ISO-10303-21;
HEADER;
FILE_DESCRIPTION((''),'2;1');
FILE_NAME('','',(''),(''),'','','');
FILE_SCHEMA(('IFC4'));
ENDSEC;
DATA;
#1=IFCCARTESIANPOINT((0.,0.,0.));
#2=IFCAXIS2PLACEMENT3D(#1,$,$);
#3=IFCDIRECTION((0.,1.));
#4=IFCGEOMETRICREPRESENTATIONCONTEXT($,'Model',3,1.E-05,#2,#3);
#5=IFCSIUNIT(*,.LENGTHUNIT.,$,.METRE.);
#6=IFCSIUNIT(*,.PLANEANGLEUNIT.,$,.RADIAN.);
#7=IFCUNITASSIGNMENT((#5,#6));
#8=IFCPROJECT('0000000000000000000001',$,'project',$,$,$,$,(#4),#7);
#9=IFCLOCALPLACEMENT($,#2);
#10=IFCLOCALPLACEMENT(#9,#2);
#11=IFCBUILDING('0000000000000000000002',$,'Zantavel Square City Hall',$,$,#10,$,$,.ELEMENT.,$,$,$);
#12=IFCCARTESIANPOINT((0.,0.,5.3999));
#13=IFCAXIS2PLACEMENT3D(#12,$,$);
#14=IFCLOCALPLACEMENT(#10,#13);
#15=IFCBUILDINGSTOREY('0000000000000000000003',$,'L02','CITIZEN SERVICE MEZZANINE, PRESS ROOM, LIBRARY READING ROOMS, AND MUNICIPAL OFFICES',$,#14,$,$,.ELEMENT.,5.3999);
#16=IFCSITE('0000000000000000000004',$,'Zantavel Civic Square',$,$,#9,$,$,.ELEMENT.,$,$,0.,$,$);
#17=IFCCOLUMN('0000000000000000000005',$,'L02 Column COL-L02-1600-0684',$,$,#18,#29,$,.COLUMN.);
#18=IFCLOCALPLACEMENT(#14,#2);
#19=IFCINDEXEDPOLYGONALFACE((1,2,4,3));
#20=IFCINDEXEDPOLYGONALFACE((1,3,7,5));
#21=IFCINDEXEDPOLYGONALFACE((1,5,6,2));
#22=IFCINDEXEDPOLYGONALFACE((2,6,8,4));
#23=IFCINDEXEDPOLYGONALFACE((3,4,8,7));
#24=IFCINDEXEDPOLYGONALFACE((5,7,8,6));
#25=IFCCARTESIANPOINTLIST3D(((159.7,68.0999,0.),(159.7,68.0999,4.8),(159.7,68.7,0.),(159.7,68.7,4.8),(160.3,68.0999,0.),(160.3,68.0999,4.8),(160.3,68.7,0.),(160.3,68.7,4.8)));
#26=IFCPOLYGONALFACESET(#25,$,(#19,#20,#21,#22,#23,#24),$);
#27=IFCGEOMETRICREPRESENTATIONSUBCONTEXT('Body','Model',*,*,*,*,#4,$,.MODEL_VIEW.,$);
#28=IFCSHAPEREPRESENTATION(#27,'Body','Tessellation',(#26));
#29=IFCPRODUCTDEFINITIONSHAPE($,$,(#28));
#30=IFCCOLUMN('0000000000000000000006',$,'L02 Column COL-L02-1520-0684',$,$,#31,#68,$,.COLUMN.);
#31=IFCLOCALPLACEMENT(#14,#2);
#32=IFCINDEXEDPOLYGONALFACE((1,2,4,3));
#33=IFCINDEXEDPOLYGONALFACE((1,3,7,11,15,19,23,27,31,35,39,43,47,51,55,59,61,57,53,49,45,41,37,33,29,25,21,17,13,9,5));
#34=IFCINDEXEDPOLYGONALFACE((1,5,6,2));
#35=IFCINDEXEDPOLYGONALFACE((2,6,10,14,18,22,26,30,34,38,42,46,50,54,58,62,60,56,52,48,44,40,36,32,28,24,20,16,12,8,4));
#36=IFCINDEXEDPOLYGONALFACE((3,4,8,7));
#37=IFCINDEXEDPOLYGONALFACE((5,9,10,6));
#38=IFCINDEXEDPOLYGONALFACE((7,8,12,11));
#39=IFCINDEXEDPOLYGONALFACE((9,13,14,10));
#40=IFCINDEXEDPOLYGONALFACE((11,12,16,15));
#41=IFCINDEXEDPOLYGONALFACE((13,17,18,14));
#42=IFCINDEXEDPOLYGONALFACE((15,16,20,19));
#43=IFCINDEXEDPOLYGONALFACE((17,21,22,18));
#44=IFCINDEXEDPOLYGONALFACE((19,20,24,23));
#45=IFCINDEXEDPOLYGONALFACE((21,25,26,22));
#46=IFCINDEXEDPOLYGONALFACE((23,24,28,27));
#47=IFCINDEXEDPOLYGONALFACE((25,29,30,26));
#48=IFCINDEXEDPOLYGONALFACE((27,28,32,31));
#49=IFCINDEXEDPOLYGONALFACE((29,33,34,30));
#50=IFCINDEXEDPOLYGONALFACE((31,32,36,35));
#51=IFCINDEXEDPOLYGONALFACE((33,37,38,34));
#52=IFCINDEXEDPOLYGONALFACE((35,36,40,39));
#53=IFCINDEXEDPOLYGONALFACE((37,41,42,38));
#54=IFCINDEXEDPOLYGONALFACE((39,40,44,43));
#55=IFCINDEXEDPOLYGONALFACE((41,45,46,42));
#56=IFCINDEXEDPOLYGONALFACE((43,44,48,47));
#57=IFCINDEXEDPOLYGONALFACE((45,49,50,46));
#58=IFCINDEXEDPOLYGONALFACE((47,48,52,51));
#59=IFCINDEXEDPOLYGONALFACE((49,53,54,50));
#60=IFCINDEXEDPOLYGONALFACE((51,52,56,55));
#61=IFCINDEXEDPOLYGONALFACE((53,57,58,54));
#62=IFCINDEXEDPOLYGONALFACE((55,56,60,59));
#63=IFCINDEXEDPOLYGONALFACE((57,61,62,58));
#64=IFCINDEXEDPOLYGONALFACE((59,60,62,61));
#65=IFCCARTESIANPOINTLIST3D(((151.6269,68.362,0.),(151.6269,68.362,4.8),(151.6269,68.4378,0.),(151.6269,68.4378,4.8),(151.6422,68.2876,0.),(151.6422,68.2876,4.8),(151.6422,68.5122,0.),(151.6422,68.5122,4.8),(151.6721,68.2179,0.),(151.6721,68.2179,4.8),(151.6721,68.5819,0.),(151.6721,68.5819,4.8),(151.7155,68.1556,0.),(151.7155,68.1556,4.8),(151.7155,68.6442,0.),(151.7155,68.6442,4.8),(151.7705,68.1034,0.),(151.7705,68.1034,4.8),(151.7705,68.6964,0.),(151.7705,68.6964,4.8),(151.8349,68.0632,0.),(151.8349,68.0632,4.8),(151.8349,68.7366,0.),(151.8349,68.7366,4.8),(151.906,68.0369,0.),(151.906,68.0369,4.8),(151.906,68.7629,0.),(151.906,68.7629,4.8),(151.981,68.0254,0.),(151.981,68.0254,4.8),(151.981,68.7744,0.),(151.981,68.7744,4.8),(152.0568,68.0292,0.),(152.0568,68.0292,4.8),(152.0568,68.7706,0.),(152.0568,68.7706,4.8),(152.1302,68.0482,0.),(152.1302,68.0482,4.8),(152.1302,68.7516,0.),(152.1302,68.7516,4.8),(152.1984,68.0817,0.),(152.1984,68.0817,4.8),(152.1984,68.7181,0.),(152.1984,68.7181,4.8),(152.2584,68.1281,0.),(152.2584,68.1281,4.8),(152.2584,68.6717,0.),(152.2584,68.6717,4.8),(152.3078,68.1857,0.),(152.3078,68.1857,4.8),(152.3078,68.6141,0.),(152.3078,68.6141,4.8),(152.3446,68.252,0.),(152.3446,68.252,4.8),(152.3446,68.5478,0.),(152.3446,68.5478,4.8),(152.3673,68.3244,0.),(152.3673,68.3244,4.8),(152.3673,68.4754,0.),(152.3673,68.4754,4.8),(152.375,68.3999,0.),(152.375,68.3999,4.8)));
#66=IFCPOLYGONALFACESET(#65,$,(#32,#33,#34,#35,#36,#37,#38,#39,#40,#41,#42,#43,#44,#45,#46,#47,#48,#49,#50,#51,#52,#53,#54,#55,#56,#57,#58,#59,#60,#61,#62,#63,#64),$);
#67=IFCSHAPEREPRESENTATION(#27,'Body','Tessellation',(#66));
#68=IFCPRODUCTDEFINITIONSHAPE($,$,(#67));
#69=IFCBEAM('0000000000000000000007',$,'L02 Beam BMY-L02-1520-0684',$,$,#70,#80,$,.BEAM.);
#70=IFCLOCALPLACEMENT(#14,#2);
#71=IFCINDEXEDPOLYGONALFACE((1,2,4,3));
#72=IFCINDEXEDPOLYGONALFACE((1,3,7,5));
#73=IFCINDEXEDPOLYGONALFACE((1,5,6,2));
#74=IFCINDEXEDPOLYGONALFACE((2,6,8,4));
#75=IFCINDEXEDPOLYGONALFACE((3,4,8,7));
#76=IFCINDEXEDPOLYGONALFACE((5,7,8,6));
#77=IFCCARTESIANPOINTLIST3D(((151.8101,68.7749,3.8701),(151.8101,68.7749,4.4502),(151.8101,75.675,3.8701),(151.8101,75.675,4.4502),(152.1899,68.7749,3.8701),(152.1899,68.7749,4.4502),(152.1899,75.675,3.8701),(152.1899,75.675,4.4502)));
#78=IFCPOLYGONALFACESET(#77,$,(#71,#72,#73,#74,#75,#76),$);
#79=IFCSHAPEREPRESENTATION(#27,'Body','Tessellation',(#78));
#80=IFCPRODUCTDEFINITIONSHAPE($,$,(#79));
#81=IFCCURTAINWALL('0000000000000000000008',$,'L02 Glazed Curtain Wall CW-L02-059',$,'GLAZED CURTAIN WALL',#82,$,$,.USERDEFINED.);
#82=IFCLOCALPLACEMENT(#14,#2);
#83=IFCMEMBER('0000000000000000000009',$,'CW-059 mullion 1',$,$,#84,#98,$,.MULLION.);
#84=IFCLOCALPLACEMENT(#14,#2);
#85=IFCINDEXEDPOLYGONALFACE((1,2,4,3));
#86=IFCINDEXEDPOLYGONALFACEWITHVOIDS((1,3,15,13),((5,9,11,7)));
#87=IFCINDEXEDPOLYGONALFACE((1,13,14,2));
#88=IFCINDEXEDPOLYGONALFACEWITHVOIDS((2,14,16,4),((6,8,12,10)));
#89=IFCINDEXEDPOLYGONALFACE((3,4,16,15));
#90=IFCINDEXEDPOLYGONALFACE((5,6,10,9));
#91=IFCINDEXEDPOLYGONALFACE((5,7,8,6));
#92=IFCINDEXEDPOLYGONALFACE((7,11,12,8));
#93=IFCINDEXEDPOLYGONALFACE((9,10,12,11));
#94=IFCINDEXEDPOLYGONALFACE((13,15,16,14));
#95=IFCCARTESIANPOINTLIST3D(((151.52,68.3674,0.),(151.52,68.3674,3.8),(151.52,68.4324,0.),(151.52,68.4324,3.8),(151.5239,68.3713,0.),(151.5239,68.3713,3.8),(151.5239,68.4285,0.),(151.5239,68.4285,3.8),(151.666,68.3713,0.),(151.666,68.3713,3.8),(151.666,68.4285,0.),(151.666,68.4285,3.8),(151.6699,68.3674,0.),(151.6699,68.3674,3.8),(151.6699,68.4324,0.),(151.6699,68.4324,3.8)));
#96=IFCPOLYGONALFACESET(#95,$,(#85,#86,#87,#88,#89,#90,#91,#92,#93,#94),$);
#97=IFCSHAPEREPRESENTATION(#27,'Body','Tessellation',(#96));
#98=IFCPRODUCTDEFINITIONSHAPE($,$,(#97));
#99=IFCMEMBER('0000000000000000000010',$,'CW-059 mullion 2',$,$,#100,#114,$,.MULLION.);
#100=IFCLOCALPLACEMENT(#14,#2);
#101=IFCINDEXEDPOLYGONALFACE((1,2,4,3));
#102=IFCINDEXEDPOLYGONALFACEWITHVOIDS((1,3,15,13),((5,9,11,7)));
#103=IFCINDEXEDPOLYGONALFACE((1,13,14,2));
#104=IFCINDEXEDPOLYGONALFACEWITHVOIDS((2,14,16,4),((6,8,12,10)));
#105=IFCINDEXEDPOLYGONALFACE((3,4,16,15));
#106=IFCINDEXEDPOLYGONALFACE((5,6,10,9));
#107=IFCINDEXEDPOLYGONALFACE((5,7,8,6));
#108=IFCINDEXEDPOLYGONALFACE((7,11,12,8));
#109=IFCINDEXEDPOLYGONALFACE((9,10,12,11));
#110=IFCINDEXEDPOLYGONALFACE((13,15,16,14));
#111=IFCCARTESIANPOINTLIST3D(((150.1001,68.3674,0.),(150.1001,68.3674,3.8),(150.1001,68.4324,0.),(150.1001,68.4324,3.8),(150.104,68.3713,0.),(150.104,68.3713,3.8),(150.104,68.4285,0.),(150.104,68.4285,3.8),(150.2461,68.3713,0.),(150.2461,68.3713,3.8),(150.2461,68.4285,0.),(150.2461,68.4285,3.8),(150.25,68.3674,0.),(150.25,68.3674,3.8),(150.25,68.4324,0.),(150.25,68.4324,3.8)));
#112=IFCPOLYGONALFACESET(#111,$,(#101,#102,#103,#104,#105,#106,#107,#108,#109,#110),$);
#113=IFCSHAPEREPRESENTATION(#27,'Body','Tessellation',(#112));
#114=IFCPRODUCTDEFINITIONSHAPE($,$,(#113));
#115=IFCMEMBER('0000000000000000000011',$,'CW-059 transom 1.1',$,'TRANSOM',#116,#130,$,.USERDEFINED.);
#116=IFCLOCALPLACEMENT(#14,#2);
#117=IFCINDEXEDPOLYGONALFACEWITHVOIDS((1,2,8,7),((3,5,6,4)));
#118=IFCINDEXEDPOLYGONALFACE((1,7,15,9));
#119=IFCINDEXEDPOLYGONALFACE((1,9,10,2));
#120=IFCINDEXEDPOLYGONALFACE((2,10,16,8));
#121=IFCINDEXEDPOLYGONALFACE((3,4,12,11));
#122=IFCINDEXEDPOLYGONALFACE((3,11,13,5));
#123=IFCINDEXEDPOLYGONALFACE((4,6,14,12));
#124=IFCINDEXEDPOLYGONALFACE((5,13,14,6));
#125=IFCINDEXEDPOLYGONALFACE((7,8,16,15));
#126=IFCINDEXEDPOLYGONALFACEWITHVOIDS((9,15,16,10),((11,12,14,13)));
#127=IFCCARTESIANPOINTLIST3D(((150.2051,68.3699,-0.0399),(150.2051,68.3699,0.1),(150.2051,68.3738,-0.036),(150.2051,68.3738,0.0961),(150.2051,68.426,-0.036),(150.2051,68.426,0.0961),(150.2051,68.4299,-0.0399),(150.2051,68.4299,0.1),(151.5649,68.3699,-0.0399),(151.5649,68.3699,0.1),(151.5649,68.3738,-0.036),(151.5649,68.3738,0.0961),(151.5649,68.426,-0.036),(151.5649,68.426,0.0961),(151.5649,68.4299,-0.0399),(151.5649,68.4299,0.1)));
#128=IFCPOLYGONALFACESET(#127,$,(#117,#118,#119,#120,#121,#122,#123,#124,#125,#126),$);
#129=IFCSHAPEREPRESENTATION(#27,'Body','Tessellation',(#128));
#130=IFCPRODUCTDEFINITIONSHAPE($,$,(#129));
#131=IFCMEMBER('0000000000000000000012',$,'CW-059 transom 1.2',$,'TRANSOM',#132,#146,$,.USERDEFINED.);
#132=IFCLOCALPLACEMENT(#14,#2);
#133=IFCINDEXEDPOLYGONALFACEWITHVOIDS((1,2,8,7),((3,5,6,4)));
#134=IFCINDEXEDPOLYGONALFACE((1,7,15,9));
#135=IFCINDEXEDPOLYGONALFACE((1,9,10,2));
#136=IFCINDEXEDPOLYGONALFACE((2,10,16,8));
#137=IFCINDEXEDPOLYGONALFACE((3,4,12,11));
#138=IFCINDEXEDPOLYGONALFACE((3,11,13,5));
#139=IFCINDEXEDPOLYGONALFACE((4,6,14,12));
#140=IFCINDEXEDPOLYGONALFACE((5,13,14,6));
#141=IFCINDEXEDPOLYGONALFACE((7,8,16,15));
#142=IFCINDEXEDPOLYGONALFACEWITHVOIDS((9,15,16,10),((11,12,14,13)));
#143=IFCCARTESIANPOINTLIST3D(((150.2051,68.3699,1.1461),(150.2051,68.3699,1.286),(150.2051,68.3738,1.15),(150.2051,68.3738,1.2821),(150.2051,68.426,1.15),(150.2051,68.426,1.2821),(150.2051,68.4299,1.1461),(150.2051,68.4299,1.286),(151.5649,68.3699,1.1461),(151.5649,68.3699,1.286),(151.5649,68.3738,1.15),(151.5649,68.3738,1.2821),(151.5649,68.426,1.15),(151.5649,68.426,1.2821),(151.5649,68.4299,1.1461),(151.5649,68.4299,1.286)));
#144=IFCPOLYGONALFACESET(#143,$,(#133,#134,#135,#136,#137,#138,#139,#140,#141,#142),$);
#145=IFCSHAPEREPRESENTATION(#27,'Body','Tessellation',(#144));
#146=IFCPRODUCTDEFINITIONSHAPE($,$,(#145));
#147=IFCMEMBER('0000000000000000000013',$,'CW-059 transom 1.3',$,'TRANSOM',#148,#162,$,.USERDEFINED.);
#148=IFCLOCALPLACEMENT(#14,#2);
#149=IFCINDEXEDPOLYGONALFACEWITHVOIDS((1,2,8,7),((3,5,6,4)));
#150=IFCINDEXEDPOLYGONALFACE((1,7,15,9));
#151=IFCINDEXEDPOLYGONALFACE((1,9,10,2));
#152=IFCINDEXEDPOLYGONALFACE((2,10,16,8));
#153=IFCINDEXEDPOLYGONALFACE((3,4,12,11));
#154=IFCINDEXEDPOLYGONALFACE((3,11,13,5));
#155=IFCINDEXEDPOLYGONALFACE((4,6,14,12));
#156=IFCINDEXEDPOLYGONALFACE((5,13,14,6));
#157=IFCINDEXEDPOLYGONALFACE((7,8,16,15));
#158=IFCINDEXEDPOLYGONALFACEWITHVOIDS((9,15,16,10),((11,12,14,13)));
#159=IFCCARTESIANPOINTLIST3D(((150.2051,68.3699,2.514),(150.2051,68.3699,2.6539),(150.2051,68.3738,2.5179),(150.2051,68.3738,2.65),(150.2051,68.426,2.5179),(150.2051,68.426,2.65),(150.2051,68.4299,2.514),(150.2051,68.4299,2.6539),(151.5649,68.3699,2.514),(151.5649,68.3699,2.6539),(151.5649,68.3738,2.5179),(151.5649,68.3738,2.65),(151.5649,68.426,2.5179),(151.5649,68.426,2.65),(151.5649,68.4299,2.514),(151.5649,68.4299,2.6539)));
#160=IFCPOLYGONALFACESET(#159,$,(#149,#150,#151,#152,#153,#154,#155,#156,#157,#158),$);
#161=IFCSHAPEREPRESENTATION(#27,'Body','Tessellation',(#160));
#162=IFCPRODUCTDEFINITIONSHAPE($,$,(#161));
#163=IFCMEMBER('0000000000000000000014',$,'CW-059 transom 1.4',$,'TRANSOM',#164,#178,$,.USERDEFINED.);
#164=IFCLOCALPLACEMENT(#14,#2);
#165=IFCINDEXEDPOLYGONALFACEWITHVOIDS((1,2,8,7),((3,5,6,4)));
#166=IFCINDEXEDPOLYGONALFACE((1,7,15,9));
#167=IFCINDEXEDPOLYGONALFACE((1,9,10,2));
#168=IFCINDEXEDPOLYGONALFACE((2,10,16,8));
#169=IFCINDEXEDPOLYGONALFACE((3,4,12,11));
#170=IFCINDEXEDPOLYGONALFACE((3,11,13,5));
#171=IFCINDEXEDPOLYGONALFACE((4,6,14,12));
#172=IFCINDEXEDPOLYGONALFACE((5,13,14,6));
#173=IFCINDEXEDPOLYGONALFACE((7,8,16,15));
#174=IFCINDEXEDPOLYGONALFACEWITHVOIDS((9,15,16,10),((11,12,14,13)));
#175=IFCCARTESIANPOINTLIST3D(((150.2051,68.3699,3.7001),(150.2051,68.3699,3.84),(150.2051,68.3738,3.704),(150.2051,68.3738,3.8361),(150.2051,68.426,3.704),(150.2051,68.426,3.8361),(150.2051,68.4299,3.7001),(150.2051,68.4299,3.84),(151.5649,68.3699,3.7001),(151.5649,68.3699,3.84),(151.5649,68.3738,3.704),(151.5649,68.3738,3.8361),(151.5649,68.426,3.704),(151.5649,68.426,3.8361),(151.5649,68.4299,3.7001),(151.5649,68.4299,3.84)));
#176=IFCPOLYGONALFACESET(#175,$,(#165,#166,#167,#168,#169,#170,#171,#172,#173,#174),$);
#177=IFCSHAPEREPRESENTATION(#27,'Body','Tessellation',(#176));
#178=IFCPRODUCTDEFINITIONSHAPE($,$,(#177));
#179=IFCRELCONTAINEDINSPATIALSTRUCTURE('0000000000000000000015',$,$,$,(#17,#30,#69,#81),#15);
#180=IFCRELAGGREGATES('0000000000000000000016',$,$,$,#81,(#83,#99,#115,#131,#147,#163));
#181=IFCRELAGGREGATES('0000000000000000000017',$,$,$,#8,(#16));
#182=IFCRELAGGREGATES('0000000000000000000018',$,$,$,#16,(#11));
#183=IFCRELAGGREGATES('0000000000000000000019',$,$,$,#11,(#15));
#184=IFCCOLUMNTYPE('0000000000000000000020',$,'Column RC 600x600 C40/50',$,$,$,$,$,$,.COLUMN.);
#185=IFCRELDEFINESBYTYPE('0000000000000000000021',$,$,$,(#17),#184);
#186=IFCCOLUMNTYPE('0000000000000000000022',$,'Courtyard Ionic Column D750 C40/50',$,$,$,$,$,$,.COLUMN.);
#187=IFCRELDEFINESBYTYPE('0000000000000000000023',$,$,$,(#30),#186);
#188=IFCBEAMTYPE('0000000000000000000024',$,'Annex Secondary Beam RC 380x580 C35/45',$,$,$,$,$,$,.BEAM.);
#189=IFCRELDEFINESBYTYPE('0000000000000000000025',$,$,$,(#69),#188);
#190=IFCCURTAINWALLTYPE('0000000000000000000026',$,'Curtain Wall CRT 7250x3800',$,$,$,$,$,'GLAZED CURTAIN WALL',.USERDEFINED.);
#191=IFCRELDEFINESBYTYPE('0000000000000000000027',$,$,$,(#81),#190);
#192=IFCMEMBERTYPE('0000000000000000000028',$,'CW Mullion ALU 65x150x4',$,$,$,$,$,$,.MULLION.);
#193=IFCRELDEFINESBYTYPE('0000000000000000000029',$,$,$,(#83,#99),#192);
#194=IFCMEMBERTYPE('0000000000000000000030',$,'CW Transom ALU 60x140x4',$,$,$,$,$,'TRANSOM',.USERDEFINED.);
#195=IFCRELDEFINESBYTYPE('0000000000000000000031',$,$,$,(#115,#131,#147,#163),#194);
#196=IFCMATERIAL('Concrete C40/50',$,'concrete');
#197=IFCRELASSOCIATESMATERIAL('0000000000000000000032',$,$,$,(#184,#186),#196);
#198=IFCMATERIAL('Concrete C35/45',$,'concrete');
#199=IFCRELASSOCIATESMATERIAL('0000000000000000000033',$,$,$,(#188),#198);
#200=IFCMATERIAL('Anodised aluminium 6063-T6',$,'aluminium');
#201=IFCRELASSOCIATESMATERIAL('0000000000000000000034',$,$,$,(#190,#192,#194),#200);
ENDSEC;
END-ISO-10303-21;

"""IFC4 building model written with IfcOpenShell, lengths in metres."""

from ifc_helpers import new_model, si_unit, direction, frame, origin, origin_2d, place, context, subcontext, project, spatial, rectangle, hollow_rectangle, circle, extrude, material, material_profile, profile_set, type_object, element, aggregate, save


model = new_model("IFC4")

# Units and contexts
model_context = context("Model", 3, precision=1e-05, world=origin(), true_north=direction((0.0, 1.0)))
body_context = subcontext(model_context, "Body", "Model", "MODEL_VIEW")
ifc_project = project(units=[si_unit("LENGTHUNIT", "METRE"), si_unit("PLANEANGLEUNIT", "RADIAN")], contexts=[model_context])

# Site, building, storey
site_placement = place(None, origin())
site = spatial("IfcSite", under=ifc_project, at=site_placement, Name="Zantavel Civic Square", CompositionType="ELEMENT", RefElevation=0.0)
building_placement = place(site_placement, origin())
building = spatial("IfcBuilding", under=site, at=building_placement, Name="Zantavel Square City Hall", CompositionType="ELEMENT")
storey_placement = place(building_placement, frame((0.0, 0.0, 5.3999)))
storey = spatial("IfcBuildingStorey", under=building, at=storey_placement, Name="L02", Description="CITIZEN SERVICE MEZZANINE, PRESS ROOM, LIBRARY READING ROOMS, AND MUNICIPAL OFFICES", CompositionType="ELEMENT", Elevation=5.3999)

# Columns
ifc_material_1 = material(Name="Concrete C40/50", Category="concrete")
ifc_material_profile_1 = material_profile(ifc_material_1, rectangle(XDim=0.6001, YDim=0.6001, at=origin_2d()), Name="RC 600x600")
ifc_profile_set_1 = profile_set([ifc_material_profile_1], Name="Concrete C40/50")
column_type_1 = type_object("IfcColumnType", Name="Column RC 600x600 C40/50", PredefinedType="COLUMN", material=ifc_profile_set_1)
column_1_placement = place(storey_placement, frame((160.0, 68.3999, 0.0), z_axis=(0.0, 0.0, 1.0), x_axis=(1.0, 0.0, 0.0)))
element("IfcColumn", 1, at=column_1_placement, inside=storey, type_object=column_type_1, Name="L02 Column COL-L02-1600-0684", PredefinedType="COLUMN", context=body_context, shape_type="SweptSolid", body=[
    extrude(rectangle(XDim=0.6001, YDim=0.6001, at=origin_2d()), origin(), (0.0, 0.0, 1.0), 4.8),
])
ifc_material_profile_2 = material_profile(ifc_material_1, circle(Radius=0.375, at=origin_2d()), Name="ROUND D750")
ifc_profile_set_2 = profile_set([ifc_material_profile_2], Name="Concrete C40/50")
column_type_2 = type_object("IfcColumnType", Name="Courtyard Ionic Column D750 C40/50", PredefinedType="COLUMN", material=ifc_profile_set_2)
column_2_placement = place(storey_placement, frame((152.0, 68.3999, 0.0), z_axis=(0.0, 0.0, 1.0), x_axis=(1.0, 0.0, 0.0)))
element("IfcColumn", 2, at=column_2_placement, inside=storey, type_object=column_type_2, Name="L02 Column COL-L02-1520-0684", PredefinedType="COLUMN", context=body_context, shape_type="SweptSolid", body=[
    extrude(circle(Radius=0.375, at=origin_2d()), origin(), (0.0, 0.0, 1.0), 4.8),
])

# Beam
ifc_material_2 = material(Name="Concrete C35/45", Category="concrete")
ifc_material_profile_3 = material_profile(ifc_material_2, rectangle(XDim=0.3799, YDim=0.5801, at=origin_2d()), Name="RC 380x580")
ifc_profile_set_3 = profile_set([ifc_material_profile_3], Name="Concrete C35/45")
beam_type_1 = type_object("IfcBeamType", Name="Annex Secondary Beam RC 380x580 C35/45", PredefinedType="BEAM", material=ifc_profile_set_3)
beam_1_placement = place(storey_placement, frame((152.0, 68.7749, 4.1602), z_axis=(0.0, 1.0, 0.0), x_axis=(-1.0, 0.0, 0.0)))
element("IfcBeam", 3, at=beam_1_placement, inside=storey, type_object=beam_type_1, Name="L02 Beam BMY-L02-1520-0684", PredefinedType="BEAM", context=body_context, shape_type="SweptSolid", body=[
    extrude(rectangle(XDim=0.3799, YDim=0.5801, at=origin_2d()), origin(), (0.0, 0.0, 1.0), 6.9001),
])

# Curtain wall, members
ifc_material_3 = material(Name="Anodised aluminium 6063-T6", Category="aluminium")
curtain_wall_type = type_object("IfcCurtainWallType", Name="Curtain Wall CRT 7250x3800", ElementType="GLAZED CURTAIN WALL", PredefinedType="USERDEFINED", material=ifc_material_3)
curtain_wall_placement = place(storey_placement, origin())
curtain_wall = element("IfcCurtainWall", 4, at=curtain_wall_placement, inside=storey, type_object=curtain_wall_type, Name="L02 Glazed Curtain Wall CW-L02-059", ObjectType="GLAZED CURTAIN WALL", PredefinedType="USERDEFINED")
ifc_material_profile_4 = material_profile(ifc_material_3, hollow_rectangle(XDim=0.0649, YDim=0.1499, WallThickness=0.0039, at=origin_2d()), Name="ALU 65x150x4")
ifc_profile_set_4 = profile_set([ifc_material_profile_4], Name="Anodised aluminium 6063-T6")
member_type_1 = type_object("IfcMemberType", Name="CW Mullion ALU 65x150x4", PredefinedType="MULLION", material=ifc_profile_set_4)
member_1_placement = place(storey_placement, frame((151.595, 68.3999, 0.0), z_axis=(0.0, 0.0, 1.0), x_axis=(0.0, -1.0, 0.0)))
member_1 = element("IfcMember", 5, at=member_1_placement, type_object=member_type_1, Name="CW-059 mullion 1", PredefinedType="MULLION", context=body_context, shape_type="SweptSolid", body=[
    extrude(hollow_rectangle(XDim=0.0649, YDim=0.1499, WallThickness=0.0039, at=origin_2d()), origin(), (0.0, 0.0, 1.0), 3.8),
])
member_2_placement = place(storey_placement, frame((150.175, 68.3999, 0.0), z_axis=(0.0, 0.0, 1.0), x_axis=(0.0, -1.0, 0.0)))
member_2 = element("IfcMember", 6, at=member_2_placement, type_object=member_type_1, Name="CW-059 mullion 2", PredefinedType="MULLION", context=body_context, shape_type="SweptSolid", body=[
    extrude(hollow_rectangle(XDim=0.0649, YDim=0.1499, WallThickness=0.0039, at=origin_2d()), origin(), (0.0, 0.0, 1.0), 3.8),
])
ifc_material_profile_5 = material_profile(ifc_material_3, hollow_rectangle(XDim=0.0601, YDim=0.1399, WallThickness=0.0039, at=origin_2d()), Name="ALU 60x140x4")
ifc_profile_set_5 = profile_set([ifc_material_profile_5], Name="Anodised aluminium 6063-T6")
member_type_2 = type_object("IfcMemberType", Name="CW Transom ALU 60x140x4", ElementType="TRANSOM", PredefinedType="USERDEFINED", material=ifc_profile_set_5)
member_3_placement = place(storey_placement, frame((151.5649, 68.3999, 0.03), z_axis=(-1.0, 0.0, 0.0), x_axis=(0.0, -1.0, 0.0)))
member_3 = element("IfcMember", 7, at=member_3_placement, type_object=member_type_2, Name="CW-059 transom 1.1", ObjectType="TRANSOM", PredefinedType="USERDEFINED", context=body_context, shape_type="SweptSolid", body=[
    extrude(hollow_rectangle(XDim=0.0601, YDim=0.1399, WallThickness=0.0039, at=origin_2d()), origin(), (0.0, 0.0, 1.0), 1.3599),
])
member_4_placement = place(storey_placement, frame((151.5649, 68.3999, 1.2161), z_axis=(-1.0, 0.0, 0.0), x_axis=(0.0, -1.0, 0.0)))
member_4 = element("IfcMember", 8, at=member_4_placement, type_object=member_type_2, Name="CW-059 transom 1.2", ObjectType="TRANSOM", PredefinedType="USERDEFINED", context=body_context, shape_type="SweptSolid", body=[
    extrude(hollow_rectangle(XDim=0.0601, YDim=0.1399, WallThickness=0.0039, at=origin_2d()), origin(), (0.0, 0.0, 1.0), 1.3599),
])
member_5_placement = place(storey_placement, frame((151.5649, 68.3999, 2.584), z_axis=(-1.0, 0.0, 0.0), x_axis=(0.0, -1.0, 0.0)))
member_5 = element("IfcMember", 9, at=member_5_placement, type_object=member_type_2, Name="CW-059 transom 1.3", ObjectType="TRANSOM", PredefinedType="USERDEFINED", context=body_context, shape_type="SweptSolid", body=[
    extrude(hollow_rectangle(XDim=0.0601, YDim=0.1399, WallThickness=0.0039, at=origin_2d()), origin(), (0.0, 0.0, 1.0), 1.3599),
])
member_6_placement = place(storey_placement, frame((151.5649, 68.3999, 3.77), z_axis=(-1.0, 0.0, 0.0), x_axis=(0.0, -1.0, 0.0)))
member_6 = element("IfcMember", 10, at=member_6_placement, type_object=member_type_2, Name="CW-059 transom 1.4", ObjectType="TRANSOM", PredefinedType="USERDEFINED", context=body_context, shape_type="SweptSolid", body=[
    extrude(hollow_rectangle(XDim=0.0601, YDim=0.1399, WallThickness=0.0039, at=origin_2d()), origin(), (0.0, 0.0, 1.0), 1.3599),
])

aggregate(curtain_wall, [member_1, member_2, member_3, member_4, member_5, member_6])

save(model, "model.ifc")
